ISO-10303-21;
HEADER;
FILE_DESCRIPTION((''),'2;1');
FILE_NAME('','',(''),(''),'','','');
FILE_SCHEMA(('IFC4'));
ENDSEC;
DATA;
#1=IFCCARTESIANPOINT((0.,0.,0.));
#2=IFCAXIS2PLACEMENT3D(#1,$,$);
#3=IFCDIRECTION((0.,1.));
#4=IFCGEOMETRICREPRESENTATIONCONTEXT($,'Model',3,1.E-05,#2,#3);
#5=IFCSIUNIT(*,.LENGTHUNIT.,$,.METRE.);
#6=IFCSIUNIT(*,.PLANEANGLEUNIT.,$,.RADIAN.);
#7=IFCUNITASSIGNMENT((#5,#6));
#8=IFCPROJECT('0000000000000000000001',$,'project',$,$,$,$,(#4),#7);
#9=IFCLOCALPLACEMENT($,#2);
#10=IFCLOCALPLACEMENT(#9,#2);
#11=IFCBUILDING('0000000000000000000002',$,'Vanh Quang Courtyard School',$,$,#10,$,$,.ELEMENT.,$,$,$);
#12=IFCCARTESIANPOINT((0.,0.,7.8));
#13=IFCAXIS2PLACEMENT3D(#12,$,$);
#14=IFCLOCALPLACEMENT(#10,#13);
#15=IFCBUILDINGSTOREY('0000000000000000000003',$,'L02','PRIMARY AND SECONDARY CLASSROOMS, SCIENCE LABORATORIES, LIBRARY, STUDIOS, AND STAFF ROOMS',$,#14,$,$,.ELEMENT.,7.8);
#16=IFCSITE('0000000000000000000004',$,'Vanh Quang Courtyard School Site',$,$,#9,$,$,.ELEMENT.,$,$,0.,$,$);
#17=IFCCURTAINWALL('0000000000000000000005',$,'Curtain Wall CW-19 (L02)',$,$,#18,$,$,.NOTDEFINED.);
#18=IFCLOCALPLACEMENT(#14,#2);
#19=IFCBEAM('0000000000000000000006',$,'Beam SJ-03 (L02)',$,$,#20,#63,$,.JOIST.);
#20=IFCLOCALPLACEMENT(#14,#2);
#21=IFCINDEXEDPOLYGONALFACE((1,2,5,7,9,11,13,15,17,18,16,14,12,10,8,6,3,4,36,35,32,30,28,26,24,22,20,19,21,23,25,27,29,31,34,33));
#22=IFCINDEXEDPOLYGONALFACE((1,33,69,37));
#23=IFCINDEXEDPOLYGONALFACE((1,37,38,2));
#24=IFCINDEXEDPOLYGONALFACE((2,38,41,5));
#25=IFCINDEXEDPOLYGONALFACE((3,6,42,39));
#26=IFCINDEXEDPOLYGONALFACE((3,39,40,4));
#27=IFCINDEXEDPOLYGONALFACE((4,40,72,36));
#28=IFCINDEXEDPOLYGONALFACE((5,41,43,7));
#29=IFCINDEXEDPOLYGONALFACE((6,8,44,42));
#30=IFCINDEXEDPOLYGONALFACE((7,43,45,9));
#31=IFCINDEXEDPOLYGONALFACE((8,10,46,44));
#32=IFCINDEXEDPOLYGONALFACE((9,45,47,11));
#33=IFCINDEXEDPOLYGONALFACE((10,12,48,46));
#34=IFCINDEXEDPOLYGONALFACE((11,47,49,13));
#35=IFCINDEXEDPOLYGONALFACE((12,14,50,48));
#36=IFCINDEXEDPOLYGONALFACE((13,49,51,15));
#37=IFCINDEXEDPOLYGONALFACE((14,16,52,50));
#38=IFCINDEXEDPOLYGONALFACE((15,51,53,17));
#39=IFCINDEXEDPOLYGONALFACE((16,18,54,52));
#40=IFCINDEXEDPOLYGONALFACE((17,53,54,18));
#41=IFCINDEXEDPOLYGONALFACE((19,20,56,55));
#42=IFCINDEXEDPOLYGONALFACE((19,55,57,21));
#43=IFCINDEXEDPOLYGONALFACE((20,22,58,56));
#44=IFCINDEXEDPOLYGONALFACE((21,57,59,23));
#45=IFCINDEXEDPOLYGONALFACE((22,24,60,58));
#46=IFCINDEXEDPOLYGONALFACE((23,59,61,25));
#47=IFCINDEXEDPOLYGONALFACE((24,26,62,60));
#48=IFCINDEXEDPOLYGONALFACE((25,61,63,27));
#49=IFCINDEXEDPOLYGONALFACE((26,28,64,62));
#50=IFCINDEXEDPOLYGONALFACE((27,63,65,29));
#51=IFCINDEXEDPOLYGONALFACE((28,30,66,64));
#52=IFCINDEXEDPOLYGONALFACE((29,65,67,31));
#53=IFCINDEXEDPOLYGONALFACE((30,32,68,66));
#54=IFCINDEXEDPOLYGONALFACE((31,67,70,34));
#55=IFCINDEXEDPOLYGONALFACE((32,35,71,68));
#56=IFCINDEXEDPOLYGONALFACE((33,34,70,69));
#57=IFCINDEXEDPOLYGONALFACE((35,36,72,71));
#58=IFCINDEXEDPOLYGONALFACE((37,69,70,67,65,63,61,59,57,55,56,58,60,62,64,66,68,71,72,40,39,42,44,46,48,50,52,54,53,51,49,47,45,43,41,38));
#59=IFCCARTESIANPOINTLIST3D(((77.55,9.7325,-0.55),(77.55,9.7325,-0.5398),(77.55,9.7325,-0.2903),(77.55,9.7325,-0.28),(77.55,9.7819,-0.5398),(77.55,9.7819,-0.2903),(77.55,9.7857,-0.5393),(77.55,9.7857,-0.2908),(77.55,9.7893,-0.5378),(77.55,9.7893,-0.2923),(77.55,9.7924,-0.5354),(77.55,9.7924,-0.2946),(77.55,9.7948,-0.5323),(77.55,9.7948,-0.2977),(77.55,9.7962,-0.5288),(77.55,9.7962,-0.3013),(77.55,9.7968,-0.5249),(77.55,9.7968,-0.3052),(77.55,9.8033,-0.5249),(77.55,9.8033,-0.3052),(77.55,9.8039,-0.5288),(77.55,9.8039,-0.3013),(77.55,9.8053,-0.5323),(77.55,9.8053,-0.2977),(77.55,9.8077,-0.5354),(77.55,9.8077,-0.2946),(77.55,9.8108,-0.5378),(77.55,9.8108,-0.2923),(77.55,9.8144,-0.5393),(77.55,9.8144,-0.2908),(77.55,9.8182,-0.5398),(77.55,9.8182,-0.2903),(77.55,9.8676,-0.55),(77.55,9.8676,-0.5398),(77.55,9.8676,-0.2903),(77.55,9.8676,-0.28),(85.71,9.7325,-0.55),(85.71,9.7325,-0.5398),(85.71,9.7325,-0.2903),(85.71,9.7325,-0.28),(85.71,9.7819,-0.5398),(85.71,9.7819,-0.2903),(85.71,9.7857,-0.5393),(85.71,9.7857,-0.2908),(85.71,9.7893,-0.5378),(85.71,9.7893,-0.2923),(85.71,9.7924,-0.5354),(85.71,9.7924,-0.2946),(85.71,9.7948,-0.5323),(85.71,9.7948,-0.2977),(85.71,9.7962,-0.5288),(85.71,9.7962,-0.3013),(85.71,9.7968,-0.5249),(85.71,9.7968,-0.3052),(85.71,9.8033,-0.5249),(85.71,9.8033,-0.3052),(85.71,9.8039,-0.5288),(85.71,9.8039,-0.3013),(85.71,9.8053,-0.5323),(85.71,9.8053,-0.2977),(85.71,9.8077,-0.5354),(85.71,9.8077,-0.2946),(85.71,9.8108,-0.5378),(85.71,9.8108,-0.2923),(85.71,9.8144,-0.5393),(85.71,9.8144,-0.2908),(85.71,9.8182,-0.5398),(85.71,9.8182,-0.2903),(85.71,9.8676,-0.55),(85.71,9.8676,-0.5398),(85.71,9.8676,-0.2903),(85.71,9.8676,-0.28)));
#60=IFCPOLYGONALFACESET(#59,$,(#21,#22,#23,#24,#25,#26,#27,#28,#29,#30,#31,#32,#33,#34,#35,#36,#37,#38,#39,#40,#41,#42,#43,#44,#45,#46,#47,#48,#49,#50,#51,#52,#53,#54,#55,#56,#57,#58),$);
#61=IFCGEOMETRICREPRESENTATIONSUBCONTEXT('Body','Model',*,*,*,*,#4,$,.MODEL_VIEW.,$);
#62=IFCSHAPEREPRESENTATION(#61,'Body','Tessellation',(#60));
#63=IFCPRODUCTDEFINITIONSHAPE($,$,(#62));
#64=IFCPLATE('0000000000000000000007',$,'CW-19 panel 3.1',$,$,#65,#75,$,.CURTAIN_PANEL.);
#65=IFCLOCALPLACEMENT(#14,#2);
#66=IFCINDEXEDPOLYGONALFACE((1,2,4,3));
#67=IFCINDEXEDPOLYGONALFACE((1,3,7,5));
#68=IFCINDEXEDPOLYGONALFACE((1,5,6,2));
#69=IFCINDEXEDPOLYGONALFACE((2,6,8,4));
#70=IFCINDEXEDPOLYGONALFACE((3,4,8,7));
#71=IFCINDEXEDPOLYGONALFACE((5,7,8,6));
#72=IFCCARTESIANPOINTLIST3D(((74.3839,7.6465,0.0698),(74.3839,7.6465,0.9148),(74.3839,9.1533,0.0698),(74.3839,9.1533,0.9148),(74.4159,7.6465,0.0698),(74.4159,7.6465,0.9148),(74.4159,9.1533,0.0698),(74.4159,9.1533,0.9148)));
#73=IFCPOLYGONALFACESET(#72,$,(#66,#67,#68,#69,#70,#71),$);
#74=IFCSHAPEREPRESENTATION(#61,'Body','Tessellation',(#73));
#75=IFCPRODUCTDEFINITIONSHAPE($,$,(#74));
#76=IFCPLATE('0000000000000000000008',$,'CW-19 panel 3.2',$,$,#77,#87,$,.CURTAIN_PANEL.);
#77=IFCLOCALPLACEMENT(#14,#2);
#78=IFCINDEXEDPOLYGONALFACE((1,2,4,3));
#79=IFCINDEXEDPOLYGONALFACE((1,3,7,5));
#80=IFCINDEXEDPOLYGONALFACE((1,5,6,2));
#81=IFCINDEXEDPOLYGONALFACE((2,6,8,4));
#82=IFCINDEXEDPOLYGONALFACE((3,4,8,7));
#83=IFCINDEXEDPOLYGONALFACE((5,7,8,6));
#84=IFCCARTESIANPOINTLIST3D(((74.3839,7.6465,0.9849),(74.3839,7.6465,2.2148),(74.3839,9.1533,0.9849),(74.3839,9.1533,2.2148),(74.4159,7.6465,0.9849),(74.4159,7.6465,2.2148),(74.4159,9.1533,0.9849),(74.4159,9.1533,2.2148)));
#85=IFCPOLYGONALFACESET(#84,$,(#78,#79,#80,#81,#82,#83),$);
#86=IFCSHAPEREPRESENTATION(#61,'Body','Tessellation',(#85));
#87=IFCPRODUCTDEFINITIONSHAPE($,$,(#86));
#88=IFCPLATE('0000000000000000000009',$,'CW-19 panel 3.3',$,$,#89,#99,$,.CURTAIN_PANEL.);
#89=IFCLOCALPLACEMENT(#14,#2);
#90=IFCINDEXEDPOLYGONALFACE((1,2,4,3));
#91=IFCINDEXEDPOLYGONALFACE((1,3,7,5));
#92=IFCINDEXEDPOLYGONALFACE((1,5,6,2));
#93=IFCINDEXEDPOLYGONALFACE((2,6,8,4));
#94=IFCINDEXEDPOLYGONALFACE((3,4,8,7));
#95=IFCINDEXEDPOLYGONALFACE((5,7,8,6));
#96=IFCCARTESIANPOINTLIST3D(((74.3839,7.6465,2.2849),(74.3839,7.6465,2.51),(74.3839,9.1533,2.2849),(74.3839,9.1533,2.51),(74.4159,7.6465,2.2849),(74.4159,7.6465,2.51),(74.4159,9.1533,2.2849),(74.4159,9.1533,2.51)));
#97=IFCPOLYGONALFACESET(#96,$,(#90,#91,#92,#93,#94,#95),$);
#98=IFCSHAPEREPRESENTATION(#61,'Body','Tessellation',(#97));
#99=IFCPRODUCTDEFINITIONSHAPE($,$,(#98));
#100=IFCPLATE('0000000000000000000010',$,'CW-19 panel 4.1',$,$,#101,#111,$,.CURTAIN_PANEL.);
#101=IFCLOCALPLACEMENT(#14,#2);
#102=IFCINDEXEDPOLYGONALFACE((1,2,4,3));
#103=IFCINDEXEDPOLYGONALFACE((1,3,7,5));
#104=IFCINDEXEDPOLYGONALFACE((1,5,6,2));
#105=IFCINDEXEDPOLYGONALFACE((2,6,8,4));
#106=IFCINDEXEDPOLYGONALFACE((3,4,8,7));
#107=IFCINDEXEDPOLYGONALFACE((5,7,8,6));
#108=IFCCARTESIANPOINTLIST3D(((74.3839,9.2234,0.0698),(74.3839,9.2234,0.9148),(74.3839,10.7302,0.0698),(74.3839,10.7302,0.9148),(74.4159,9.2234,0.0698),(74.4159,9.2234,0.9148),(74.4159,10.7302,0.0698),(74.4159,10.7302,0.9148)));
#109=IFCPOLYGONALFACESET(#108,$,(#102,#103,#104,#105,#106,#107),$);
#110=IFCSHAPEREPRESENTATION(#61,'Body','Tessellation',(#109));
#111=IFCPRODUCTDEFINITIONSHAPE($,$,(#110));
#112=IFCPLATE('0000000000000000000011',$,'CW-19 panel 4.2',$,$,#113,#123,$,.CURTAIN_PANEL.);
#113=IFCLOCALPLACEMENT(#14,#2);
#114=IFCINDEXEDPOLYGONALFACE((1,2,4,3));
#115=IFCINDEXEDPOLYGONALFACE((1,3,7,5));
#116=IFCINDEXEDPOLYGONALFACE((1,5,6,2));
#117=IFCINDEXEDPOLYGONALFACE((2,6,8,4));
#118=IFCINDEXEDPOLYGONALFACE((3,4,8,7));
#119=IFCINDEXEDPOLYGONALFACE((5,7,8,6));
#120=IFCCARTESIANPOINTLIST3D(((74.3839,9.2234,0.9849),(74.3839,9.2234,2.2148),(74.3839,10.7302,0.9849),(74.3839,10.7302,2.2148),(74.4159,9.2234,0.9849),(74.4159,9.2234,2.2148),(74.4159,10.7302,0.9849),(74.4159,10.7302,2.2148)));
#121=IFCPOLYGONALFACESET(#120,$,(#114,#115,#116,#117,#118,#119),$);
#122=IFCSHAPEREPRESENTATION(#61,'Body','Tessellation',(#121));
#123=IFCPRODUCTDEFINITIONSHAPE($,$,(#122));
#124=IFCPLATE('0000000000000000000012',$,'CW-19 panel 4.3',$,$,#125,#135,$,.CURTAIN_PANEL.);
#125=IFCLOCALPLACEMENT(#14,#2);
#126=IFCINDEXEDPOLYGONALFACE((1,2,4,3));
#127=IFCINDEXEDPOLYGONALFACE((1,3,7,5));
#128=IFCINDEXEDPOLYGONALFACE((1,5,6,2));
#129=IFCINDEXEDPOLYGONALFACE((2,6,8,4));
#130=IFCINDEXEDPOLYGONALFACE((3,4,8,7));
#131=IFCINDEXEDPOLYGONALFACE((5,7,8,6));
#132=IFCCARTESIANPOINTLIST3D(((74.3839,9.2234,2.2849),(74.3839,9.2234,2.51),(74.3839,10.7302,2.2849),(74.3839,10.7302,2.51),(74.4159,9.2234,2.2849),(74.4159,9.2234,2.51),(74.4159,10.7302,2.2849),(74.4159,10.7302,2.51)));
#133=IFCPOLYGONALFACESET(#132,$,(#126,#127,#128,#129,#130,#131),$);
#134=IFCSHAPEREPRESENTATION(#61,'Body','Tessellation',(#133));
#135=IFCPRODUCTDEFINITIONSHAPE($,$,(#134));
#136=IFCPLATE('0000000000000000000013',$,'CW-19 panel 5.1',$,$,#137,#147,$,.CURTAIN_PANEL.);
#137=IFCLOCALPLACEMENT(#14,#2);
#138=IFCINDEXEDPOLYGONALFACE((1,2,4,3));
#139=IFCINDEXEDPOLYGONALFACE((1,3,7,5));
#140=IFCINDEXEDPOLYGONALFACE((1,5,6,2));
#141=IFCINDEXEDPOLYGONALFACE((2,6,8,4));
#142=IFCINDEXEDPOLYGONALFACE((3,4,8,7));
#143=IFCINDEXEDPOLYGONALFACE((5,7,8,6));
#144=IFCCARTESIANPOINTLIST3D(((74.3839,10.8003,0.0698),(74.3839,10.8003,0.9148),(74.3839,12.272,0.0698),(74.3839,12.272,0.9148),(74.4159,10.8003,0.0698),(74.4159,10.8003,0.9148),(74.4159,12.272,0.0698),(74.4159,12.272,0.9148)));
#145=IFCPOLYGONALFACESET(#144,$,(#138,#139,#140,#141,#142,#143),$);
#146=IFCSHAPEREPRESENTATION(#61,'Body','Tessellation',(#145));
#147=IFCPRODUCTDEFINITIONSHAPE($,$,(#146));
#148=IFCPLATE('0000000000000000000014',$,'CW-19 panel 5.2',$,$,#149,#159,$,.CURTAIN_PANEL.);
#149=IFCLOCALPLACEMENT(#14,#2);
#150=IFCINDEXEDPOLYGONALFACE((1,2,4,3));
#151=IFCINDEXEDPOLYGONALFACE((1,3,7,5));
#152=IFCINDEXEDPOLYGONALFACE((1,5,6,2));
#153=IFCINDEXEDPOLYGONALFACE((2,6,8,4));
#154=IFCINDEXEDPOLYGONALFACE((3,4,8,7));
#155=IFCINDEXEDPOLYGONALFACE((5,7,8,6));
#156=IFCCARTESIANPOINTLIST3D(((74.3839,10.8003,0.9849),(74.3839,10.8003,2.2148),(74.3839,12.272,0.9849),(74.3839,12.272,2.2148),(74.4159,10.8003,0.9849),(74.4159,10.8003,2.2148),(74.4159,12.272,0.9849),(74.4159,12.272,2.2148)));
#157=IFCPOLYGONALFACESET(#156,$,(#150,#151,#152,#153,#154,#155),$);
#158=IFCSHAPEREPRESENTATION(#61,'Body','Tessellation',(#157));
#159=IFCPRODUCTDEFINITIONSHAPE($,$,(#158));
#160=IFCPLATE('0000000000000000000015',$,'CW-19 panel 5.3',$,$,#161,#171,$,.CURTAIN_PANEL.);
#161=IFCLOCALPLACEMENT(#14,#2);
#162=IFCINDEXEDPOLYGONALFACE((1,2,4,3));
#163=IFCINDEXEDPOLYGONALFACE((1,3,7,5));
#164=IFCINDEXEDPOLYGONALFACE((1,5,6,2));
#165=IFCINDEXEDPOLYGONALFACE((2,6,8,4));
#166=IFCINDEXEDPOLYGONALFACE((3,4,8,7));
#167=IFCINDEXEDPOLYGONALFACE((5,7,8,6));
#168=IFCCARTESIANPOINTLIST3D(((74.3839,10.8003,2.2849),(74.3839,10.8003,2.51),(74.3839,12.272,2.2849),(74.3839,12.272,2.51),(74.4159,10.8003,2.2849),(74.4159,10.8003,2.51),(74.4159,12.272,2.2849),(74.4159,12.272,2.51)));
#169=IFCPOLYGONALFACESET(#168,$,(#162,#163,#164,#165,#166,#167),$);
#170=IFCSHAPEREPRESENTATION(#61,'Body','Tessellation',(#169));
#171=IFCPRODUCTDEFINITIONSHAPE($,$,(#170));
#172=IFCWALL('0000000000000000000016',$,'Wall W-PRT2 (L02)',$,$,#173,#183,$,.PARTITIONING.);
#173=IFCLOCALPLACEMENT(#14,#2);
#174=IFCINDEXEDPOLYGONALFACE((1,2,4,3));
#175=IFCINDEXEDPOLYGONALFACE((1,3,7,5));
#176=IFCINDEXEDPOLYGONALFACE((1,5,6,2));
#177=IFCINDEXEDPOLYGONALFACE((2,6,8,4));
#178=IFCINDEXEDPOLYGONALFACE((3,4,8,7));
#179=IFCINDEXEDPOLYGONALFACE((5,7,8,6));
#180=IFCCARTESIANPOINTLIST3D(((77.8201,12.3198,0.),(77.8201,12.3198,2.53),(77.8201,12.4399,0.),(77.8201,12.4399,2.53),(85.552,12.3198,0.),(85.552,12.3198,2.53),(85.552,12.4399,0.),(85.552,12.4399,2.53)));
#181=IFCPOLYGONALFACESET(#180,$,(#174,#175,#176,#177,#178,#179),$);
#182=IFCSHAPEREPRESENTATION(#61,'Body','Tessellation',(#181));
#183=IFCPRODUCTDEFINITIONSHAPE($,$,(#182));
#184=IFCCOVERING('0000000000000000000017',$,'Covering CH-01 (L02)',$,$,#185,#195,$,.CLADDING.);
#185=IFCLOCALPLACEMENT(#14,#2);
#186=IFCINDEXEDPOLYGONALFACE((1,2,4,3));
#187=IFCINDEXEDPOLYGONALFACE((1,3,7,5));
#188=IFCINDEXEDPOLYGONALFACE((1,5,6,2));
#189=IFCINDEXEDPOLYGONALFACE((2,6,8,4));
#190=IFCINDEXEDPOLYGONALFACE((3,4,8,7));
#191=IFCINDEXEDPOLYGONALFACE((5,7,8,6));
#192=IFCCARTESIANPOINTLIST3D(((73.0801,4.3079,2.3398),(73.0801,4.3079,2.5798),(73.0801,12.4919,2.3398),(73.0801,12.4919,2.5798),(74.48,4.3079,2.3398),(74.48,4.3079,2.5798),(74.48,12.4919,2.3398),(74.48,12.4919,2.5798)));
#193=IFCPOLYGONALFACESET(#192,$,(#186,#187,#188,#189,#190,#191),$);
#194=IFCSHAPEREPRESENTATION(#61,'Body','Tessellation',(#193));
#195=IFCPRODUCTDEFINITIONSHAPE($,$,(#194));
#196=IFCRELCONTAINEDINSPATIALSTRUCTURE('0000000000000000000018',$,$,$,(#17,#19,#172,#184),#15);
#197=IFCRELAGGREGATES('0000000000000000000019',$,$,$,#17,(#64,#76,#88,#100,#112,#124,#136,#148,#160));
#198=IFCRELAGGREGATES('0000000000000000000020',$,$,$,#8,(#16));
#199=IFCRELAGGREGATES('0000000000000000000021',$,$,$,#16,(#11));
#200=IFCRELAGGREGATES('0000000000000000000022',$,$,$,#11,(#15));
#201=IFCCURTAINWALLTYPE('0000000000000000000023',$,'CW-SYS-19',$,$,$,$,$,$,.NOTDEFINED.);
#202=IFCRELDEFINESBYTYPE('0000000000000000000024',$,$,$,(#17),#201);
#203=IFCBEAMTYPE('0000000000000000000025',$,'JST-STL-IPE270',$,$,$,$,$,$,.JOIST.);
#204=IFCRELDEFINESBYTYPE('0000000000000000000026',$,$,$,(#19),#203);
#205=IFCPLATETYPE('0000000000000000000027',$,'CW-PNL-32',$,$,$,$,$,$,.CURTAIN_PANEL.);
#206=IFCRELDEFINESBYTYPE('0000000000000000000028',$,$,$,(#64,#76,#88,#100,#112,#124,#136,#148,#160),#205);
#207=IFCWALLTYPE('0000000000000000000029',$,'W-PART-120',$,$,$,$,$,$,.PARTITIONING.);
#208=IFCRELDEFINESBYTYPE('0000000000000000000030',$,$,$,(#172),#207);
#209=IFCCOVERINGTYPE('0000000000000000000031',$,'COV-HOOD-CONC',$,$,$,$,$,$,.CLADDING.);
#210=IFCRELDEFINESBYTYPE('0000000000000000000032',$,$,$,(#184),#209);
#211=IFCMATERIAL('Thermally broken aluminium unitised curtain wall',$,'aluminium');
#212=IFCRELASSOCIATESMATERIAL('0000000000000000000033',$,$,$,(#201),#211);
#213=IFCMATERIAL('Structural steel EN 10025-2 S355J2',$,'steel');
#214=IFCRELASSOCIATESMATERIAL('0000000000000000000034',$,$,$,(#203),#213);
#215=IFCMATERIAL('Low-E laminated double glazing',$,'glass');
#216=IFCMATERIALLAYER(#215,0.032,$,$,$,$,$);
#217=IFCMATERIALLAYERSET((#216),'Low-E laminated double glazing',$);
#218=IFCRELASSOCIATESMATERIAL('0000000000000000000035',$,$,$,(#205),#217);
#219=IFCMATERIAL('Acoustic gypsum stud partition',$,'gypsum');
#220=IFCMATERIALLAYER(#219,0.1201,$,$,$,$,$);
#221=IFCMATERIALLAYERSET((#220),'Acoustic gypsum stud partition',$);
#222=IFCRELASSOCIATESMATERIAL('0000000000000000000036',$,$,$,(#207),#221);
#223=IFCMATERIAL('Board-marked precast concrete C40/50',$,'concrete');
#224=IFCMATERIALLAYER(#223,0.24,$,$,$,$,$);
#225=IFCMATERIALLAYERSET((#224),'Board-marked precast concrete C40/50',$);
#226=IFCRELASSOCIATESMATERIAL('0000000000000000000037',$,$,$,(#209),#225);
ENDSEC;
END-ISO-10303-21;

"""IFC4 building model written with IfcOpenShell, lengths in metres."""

from ifc_helpers import new_model, si_unit, direction, frame, frame_2d, origin, origin_2d, place, context, subcontext, project, spatial, rectangle, i_section, extrude, material, layer, layer_set, material_profile, profile_set, type_object, element, aggregate, save


model = new_model("IFC4")

# Units and contexts
model_context = context("Model", 3, precision=1e-05, world=origin(), true_north=direction((0.0, 1.0)))
body_context = subcontext(model_context, "Body", "Model", "MODEL_VIEW")
ifc_project = project(units=[si_unit("LENGTHUNIT", "METRE"), si_unit("PLANEANGLEUNIT", "RADIAN")], contexts=[model_context])

# Site, building, storey
site_placement = place(None, origin())
site = spatial("IfcSite", under=ifc_project, at=site_placement, Name="Vanh Quang Courtyard School Site", CompositionType="ELEMENT", RefElevation=0.0)
building_placement = place(site_placement, origin())
building = spatial("IfcBuilding", under=site, at=building_placement, Name="Vanh Quang Courtyard School", CompositionType="ELEMENT")
storey_placement = place(building_placement, frame((0.0, 0.0, 7.8)))
storey = spatial("IfcBuildingStorey", under=building, at=storey_placement, Name="L02", Description="PRIMARY AND SECONDARY CLASSROOMS, SCIENCE LABORATORIES, LIBRARY, STUDIOS, AND STAFF ROOMS", CompositionType="ELEMENT", Elevation=7.8)

# Curtain wall
ifc_material_1 = material(Name="Thermally broken aluminium unitised curtain wall", Category="aluminium")
curtain_wall_type = type_object("IfcCurtainWallType", Name="CW-SYS-19", PredefinedType="NOTDEFINED", material=ifc_material_1)
curtain_wall_placement = place(storey_placement, origin())
curtain_wall = element("IfcCurtainWall", 1, at=curtain_wall_placement, inside=storey, type_object=curtain_wall_type, Name="Curtain Wall CW-19 (L02)", PredefinedType="NOTDEFINED")

# Beam
ifc_material_2 = material(Name="Structural steel EN 10025-2 S355J2", Category="steel")
ifc_material_profile_1 = material_profile(ifc_material_2, i_section(OverallWidth=0.135, OverallDepth=0.27, WebThickness=0.0066, FlangeThickness=0.0103, FilletRadius=0.0149, at=origin_2d()), Name="IPE 270")
ifc_profile_set_1 = profile_set([ifc_material_profile_1], Name="Structural steel EN 10025-2 S355J2")
beam_type = type_object("IfcBeamType", Name="JST-STL-IPE270", PredefinedType="JOIST", material=ifc_profile_set_1)
beam_placement = place(storey_placement, frame((77.55, 9.8, -0.415), z_axis=(1.0, 0.0, 0.0), x_axis=(0.0, 1.0, 0.0)))
element("IfcBeam", 2, at=beam_placement, inside=storey, type_object=beam_type, Name="Beam SJ-03 (L02)", PredefinedType="JOIST", context=body_context, shape_type="SweptSolid", body=[
    extrude(i_section(OverallWidth=0.135, OverallDepth=0.27, WebThickness=0.0066, FlangeThickness=0.0103, FilletRadius=0.0149, at=origin_2d()), origin(), (0.0, 0.0, 1.0), 8.1599),
])

# Plates
ifc_material_3 = material(Name="Low-E laminated double glazing", Category="glass")
ifc_layer_1 = layer(ifc_material_3, 0.032)
ifc_layer_set_1 = layer_set([ifc_layer_1], Name="Low-E laminated double glazing")
plate_type = type_object("IfcPlateType", Name="CW-PNL-32", PredefinedType="CURTAIN_PANEL", material=ifc_layer_set_1)
plate_1_placement = place(storey_placement, frame((74.3999, 8.3999, 0.0698), z_axis=(0.0, 0.0, 1.0), x_axis=(0.0, 1.0, 0.0)))
plate_1 = element("IfcPlate", 3, at=plate_1_placement, type_object=plate_type, Name="CW-19 panel 3.1", PredefinedType="CURTAIN_PANEL", context=body_context, shape_type="SweptSolid", body=[
    extrude(rectangle(XDim=1.5068, YDim=0.032, at=origin_2d()), origin(), (0.0, 0.0, 1.0), 0.845),
])
plate_2_placement = place(storey_placement, frame((74.3999, 8.3999, 0.9849), z_axis=(0.0, 0.0, 1.0), x_axis=(0.0, 1.0, 0.0)))
plate_2 = element("IfcPlate", 4, at=plate_2_placement, type_object=plate_type, Name="CW-19 panel 3.2", PredefinedType="CURTAIN_PANEL", context=body_context, shape_type="SweptSolid", body=[
    extrude(rectangle(XDim=1.5068, YDim=0.032, at=origin_2d()), origin(), (0.0, 0.0, 1.0), 1.23),
])
plate_3_placement = place(storey_placement, frame((74.3999, 8.3999, 2.2849), z_axis=(0.0, 0.0, 1.0), x_axis=(0.0, 1.0, 0.0)))
plate_3 = element("IfcPlate", 5, at=plate_3_placement, type_object=plate_type, Name="CW-19 panel 3.3", PredefinedType="CURTAIN_PANEL", context=body_context, shape_type="SweptSolid", body=[
    extrude(rectangle(XDim=1.5068, YDim=0.032, at=origin_2d()), origin(), (0.0, 0.0, 1.0), 0.2251),
])
plate_4_placement = place(storey_placement, frame((74.3999, 9.9768, 0.0698), z_axis=(0.0, 0.0, 1.0), x_axis=(0.0, 1.0, 0.0)))
plate_4 = element("IfcPlate", 6, at=plate_4_placement, type_object=plate_type, Name="CW-19 panel 4.1", PredefinedType="CURTAIN_PANEL", context=body_context, shape_type="SweptSolid", body=[
    extrude(rectangle(XDim=1.5068, YDim=0.032, at=origin_2d()), origin(), (0.0, 0.0, 1.0), 0.845),
])
plate_5_placement = place(storey_placement, frame((74.3999, 9.9768, 0.9849), z_axis=(0.0, 0.0, 1.0), x_axis=(0.0, 1.0, 0.0)))
plate_5 = element("IfcPlate", 7, at=plate_5_placement, type_object=plate_type, Name="CW-19 panel 4.2", PredefinedType="CURTAIN_PANEL", context=body_context, shape_type="SweptSolid", body=[
    extrude(rectangle(XDim=1.5068, YDim=0.032, at=origin_2d()), origin(), (0.0, 0.0, 1.0), 1.23),
])
plate_6_placement = place(storey_placement, frame((74.3999, 9.9768, 2.2849), z_axis=(0.0, 0.0, 1.0), x_axis=(0.0, 1.0, 0.0)))
plate_6 = element("IfcPlate", 8, at=plate_6_placement, type_object=plate_type, Name="CW-19 panel 4.3", PredefinedType="CURTAIN_PANEL", context=body_context, shape_type="SweptSolid", body=[
    extrude(rectangle(XDim=1.5068, YDim=0.032, at=origin_2d()), origin(), (0.0, 0.0, 1.0), 0.2251),
])
plate_7_placement = place(storey_placement, frame((74.3999, 11.5361, 0.0698), z_axis=(0.0, 0.0, 1.0), x_axis=(0.0, 1.0, 0.0)))
plate_7 = element("IfcPlate", 9, at=plate_7_placement, type_object=plate_type, Name="CW-19 panel 5.1", PredefinedType="CURTAIN_PANEL", context=body_context, shape_type="SweptSolid", body=[
    extrude(rectangle(XDim=1.4717, YDim=0.032, at=origin_2d()), origin(), (0.0, 0.0, 1.0), 0.845),
])
plate_8_placement = place(storey_placement, frame((74.3999, 11.5361, 0.9849), z_axis=(0.0, 0.0, 1.0), x_axis=(0.0, 1.0, 0.0)))
plate_8 = element("IfcPlate", 10, at=plate_8_placement, type_object=plate_type, Name="CW-19 panel 5.2", PredefinedType="CURTAIN_PANEL", context=body_context, shape_type="SweptSolid", body=[
    extrude(rectangle(XDim=1.4717, YDim=0.032, at=origin_2d()), origin(), (0.0, 0.0, 1.0), 1.23),
])
plate_9_placement = place(storey_placement, frame((74.3999, 11.5361, 2.2849), z_axis=(0.0, 0.0, 1.0), x_axis=(0.0, 1.0, 0.0)))
plate_9 = element("IfcPlate", 11, at=plate_9_placement, type_object=plate_type, Name="CW-19 panel 5.3", PredefinedType="CURTAIN_PANEL", context=body_context, shape_type="SweptSolid", body=[
    extrude(rectangle(XDim=1.4717, YDim=0.032, at=origin_2d()), origin(), (0.0, 0.0, 1.0), 0.2251),
])
aggregate(curtain_wall, [plate_1, plate_2, plate_3, plate_4, plate_5, plate_6, plate_7, plate_8, plate_9])

# Wall
ifc_material_4 = material(Name="Acoustic gypsum stud partition", Category="gypsum")
ifc_layer_2 = layer(ifc_material_4, 0.1201)
ifc_layer_set_2 = layer_set([ifc_layer_2], Name="Acoustic gypsum stud partition")
wall_type = type_object("IfcWallType", Name="W-PART-120", PredefinedType="PARTITIONING", material=ifc_layer_set_2)
wall_placement = place(storey_placement, frame((77.8201, 12.3799, 0.0), z_axis=(0.0, 0.0, 1.0), x_axis=(1.0, 0.0, 0.0)))
element("IfcWall", 12, at=wall_placement, inside=storey, type_object=wall_type, Name="Wall W-PRT2 (L02)", PredefinedType="PARTITIONING", context=body_context, shape_type="SweptSolid", body=[
    extrude(rectangle(XDim=7.7319, YDim=0.1201, at=frame_2d((3.866, 0.0))), origin(), (0.0, 0.0, 1.0), 2.53),
])

# Covering
ifc_material_5 = material(Name="Board-marked precast concrete C40/50", Category="concrete")
ifc_layer_3 = layer(ifc_material_5, 0.24)
ifc_layer_set_3 = layer_set([ifc_layer_3], Name="Board-marked precast concrete C40/50")
covering_type = type_object("IfcCoveringType", Name="COV-HOOD-CONC", PredefinedType="CLADDING", material=ifc_layer_set_3)
covering_1_placement = place(storey_placement, frame((73.78, 8.3999, 2.3398), z_axis=(0.0, 0.0, 1.0), x_axis=(0.0, 1.0, 0.0)))
element("IfcCovering", 13, at=covering_1_placement, inside=storey, type_object=covering_type, Name="Covering CH-01 (L02)", PredefinedType="CLADDING", context=body_context, shape_type="SweptSolid", body=[
    extrude(rectangle(XDim=8.1841, YDim=1.3999, at=origin_2d()), origin(), (0.0, 0.0, 1.0), 0.24),
])

save(model, "model.ifc")
